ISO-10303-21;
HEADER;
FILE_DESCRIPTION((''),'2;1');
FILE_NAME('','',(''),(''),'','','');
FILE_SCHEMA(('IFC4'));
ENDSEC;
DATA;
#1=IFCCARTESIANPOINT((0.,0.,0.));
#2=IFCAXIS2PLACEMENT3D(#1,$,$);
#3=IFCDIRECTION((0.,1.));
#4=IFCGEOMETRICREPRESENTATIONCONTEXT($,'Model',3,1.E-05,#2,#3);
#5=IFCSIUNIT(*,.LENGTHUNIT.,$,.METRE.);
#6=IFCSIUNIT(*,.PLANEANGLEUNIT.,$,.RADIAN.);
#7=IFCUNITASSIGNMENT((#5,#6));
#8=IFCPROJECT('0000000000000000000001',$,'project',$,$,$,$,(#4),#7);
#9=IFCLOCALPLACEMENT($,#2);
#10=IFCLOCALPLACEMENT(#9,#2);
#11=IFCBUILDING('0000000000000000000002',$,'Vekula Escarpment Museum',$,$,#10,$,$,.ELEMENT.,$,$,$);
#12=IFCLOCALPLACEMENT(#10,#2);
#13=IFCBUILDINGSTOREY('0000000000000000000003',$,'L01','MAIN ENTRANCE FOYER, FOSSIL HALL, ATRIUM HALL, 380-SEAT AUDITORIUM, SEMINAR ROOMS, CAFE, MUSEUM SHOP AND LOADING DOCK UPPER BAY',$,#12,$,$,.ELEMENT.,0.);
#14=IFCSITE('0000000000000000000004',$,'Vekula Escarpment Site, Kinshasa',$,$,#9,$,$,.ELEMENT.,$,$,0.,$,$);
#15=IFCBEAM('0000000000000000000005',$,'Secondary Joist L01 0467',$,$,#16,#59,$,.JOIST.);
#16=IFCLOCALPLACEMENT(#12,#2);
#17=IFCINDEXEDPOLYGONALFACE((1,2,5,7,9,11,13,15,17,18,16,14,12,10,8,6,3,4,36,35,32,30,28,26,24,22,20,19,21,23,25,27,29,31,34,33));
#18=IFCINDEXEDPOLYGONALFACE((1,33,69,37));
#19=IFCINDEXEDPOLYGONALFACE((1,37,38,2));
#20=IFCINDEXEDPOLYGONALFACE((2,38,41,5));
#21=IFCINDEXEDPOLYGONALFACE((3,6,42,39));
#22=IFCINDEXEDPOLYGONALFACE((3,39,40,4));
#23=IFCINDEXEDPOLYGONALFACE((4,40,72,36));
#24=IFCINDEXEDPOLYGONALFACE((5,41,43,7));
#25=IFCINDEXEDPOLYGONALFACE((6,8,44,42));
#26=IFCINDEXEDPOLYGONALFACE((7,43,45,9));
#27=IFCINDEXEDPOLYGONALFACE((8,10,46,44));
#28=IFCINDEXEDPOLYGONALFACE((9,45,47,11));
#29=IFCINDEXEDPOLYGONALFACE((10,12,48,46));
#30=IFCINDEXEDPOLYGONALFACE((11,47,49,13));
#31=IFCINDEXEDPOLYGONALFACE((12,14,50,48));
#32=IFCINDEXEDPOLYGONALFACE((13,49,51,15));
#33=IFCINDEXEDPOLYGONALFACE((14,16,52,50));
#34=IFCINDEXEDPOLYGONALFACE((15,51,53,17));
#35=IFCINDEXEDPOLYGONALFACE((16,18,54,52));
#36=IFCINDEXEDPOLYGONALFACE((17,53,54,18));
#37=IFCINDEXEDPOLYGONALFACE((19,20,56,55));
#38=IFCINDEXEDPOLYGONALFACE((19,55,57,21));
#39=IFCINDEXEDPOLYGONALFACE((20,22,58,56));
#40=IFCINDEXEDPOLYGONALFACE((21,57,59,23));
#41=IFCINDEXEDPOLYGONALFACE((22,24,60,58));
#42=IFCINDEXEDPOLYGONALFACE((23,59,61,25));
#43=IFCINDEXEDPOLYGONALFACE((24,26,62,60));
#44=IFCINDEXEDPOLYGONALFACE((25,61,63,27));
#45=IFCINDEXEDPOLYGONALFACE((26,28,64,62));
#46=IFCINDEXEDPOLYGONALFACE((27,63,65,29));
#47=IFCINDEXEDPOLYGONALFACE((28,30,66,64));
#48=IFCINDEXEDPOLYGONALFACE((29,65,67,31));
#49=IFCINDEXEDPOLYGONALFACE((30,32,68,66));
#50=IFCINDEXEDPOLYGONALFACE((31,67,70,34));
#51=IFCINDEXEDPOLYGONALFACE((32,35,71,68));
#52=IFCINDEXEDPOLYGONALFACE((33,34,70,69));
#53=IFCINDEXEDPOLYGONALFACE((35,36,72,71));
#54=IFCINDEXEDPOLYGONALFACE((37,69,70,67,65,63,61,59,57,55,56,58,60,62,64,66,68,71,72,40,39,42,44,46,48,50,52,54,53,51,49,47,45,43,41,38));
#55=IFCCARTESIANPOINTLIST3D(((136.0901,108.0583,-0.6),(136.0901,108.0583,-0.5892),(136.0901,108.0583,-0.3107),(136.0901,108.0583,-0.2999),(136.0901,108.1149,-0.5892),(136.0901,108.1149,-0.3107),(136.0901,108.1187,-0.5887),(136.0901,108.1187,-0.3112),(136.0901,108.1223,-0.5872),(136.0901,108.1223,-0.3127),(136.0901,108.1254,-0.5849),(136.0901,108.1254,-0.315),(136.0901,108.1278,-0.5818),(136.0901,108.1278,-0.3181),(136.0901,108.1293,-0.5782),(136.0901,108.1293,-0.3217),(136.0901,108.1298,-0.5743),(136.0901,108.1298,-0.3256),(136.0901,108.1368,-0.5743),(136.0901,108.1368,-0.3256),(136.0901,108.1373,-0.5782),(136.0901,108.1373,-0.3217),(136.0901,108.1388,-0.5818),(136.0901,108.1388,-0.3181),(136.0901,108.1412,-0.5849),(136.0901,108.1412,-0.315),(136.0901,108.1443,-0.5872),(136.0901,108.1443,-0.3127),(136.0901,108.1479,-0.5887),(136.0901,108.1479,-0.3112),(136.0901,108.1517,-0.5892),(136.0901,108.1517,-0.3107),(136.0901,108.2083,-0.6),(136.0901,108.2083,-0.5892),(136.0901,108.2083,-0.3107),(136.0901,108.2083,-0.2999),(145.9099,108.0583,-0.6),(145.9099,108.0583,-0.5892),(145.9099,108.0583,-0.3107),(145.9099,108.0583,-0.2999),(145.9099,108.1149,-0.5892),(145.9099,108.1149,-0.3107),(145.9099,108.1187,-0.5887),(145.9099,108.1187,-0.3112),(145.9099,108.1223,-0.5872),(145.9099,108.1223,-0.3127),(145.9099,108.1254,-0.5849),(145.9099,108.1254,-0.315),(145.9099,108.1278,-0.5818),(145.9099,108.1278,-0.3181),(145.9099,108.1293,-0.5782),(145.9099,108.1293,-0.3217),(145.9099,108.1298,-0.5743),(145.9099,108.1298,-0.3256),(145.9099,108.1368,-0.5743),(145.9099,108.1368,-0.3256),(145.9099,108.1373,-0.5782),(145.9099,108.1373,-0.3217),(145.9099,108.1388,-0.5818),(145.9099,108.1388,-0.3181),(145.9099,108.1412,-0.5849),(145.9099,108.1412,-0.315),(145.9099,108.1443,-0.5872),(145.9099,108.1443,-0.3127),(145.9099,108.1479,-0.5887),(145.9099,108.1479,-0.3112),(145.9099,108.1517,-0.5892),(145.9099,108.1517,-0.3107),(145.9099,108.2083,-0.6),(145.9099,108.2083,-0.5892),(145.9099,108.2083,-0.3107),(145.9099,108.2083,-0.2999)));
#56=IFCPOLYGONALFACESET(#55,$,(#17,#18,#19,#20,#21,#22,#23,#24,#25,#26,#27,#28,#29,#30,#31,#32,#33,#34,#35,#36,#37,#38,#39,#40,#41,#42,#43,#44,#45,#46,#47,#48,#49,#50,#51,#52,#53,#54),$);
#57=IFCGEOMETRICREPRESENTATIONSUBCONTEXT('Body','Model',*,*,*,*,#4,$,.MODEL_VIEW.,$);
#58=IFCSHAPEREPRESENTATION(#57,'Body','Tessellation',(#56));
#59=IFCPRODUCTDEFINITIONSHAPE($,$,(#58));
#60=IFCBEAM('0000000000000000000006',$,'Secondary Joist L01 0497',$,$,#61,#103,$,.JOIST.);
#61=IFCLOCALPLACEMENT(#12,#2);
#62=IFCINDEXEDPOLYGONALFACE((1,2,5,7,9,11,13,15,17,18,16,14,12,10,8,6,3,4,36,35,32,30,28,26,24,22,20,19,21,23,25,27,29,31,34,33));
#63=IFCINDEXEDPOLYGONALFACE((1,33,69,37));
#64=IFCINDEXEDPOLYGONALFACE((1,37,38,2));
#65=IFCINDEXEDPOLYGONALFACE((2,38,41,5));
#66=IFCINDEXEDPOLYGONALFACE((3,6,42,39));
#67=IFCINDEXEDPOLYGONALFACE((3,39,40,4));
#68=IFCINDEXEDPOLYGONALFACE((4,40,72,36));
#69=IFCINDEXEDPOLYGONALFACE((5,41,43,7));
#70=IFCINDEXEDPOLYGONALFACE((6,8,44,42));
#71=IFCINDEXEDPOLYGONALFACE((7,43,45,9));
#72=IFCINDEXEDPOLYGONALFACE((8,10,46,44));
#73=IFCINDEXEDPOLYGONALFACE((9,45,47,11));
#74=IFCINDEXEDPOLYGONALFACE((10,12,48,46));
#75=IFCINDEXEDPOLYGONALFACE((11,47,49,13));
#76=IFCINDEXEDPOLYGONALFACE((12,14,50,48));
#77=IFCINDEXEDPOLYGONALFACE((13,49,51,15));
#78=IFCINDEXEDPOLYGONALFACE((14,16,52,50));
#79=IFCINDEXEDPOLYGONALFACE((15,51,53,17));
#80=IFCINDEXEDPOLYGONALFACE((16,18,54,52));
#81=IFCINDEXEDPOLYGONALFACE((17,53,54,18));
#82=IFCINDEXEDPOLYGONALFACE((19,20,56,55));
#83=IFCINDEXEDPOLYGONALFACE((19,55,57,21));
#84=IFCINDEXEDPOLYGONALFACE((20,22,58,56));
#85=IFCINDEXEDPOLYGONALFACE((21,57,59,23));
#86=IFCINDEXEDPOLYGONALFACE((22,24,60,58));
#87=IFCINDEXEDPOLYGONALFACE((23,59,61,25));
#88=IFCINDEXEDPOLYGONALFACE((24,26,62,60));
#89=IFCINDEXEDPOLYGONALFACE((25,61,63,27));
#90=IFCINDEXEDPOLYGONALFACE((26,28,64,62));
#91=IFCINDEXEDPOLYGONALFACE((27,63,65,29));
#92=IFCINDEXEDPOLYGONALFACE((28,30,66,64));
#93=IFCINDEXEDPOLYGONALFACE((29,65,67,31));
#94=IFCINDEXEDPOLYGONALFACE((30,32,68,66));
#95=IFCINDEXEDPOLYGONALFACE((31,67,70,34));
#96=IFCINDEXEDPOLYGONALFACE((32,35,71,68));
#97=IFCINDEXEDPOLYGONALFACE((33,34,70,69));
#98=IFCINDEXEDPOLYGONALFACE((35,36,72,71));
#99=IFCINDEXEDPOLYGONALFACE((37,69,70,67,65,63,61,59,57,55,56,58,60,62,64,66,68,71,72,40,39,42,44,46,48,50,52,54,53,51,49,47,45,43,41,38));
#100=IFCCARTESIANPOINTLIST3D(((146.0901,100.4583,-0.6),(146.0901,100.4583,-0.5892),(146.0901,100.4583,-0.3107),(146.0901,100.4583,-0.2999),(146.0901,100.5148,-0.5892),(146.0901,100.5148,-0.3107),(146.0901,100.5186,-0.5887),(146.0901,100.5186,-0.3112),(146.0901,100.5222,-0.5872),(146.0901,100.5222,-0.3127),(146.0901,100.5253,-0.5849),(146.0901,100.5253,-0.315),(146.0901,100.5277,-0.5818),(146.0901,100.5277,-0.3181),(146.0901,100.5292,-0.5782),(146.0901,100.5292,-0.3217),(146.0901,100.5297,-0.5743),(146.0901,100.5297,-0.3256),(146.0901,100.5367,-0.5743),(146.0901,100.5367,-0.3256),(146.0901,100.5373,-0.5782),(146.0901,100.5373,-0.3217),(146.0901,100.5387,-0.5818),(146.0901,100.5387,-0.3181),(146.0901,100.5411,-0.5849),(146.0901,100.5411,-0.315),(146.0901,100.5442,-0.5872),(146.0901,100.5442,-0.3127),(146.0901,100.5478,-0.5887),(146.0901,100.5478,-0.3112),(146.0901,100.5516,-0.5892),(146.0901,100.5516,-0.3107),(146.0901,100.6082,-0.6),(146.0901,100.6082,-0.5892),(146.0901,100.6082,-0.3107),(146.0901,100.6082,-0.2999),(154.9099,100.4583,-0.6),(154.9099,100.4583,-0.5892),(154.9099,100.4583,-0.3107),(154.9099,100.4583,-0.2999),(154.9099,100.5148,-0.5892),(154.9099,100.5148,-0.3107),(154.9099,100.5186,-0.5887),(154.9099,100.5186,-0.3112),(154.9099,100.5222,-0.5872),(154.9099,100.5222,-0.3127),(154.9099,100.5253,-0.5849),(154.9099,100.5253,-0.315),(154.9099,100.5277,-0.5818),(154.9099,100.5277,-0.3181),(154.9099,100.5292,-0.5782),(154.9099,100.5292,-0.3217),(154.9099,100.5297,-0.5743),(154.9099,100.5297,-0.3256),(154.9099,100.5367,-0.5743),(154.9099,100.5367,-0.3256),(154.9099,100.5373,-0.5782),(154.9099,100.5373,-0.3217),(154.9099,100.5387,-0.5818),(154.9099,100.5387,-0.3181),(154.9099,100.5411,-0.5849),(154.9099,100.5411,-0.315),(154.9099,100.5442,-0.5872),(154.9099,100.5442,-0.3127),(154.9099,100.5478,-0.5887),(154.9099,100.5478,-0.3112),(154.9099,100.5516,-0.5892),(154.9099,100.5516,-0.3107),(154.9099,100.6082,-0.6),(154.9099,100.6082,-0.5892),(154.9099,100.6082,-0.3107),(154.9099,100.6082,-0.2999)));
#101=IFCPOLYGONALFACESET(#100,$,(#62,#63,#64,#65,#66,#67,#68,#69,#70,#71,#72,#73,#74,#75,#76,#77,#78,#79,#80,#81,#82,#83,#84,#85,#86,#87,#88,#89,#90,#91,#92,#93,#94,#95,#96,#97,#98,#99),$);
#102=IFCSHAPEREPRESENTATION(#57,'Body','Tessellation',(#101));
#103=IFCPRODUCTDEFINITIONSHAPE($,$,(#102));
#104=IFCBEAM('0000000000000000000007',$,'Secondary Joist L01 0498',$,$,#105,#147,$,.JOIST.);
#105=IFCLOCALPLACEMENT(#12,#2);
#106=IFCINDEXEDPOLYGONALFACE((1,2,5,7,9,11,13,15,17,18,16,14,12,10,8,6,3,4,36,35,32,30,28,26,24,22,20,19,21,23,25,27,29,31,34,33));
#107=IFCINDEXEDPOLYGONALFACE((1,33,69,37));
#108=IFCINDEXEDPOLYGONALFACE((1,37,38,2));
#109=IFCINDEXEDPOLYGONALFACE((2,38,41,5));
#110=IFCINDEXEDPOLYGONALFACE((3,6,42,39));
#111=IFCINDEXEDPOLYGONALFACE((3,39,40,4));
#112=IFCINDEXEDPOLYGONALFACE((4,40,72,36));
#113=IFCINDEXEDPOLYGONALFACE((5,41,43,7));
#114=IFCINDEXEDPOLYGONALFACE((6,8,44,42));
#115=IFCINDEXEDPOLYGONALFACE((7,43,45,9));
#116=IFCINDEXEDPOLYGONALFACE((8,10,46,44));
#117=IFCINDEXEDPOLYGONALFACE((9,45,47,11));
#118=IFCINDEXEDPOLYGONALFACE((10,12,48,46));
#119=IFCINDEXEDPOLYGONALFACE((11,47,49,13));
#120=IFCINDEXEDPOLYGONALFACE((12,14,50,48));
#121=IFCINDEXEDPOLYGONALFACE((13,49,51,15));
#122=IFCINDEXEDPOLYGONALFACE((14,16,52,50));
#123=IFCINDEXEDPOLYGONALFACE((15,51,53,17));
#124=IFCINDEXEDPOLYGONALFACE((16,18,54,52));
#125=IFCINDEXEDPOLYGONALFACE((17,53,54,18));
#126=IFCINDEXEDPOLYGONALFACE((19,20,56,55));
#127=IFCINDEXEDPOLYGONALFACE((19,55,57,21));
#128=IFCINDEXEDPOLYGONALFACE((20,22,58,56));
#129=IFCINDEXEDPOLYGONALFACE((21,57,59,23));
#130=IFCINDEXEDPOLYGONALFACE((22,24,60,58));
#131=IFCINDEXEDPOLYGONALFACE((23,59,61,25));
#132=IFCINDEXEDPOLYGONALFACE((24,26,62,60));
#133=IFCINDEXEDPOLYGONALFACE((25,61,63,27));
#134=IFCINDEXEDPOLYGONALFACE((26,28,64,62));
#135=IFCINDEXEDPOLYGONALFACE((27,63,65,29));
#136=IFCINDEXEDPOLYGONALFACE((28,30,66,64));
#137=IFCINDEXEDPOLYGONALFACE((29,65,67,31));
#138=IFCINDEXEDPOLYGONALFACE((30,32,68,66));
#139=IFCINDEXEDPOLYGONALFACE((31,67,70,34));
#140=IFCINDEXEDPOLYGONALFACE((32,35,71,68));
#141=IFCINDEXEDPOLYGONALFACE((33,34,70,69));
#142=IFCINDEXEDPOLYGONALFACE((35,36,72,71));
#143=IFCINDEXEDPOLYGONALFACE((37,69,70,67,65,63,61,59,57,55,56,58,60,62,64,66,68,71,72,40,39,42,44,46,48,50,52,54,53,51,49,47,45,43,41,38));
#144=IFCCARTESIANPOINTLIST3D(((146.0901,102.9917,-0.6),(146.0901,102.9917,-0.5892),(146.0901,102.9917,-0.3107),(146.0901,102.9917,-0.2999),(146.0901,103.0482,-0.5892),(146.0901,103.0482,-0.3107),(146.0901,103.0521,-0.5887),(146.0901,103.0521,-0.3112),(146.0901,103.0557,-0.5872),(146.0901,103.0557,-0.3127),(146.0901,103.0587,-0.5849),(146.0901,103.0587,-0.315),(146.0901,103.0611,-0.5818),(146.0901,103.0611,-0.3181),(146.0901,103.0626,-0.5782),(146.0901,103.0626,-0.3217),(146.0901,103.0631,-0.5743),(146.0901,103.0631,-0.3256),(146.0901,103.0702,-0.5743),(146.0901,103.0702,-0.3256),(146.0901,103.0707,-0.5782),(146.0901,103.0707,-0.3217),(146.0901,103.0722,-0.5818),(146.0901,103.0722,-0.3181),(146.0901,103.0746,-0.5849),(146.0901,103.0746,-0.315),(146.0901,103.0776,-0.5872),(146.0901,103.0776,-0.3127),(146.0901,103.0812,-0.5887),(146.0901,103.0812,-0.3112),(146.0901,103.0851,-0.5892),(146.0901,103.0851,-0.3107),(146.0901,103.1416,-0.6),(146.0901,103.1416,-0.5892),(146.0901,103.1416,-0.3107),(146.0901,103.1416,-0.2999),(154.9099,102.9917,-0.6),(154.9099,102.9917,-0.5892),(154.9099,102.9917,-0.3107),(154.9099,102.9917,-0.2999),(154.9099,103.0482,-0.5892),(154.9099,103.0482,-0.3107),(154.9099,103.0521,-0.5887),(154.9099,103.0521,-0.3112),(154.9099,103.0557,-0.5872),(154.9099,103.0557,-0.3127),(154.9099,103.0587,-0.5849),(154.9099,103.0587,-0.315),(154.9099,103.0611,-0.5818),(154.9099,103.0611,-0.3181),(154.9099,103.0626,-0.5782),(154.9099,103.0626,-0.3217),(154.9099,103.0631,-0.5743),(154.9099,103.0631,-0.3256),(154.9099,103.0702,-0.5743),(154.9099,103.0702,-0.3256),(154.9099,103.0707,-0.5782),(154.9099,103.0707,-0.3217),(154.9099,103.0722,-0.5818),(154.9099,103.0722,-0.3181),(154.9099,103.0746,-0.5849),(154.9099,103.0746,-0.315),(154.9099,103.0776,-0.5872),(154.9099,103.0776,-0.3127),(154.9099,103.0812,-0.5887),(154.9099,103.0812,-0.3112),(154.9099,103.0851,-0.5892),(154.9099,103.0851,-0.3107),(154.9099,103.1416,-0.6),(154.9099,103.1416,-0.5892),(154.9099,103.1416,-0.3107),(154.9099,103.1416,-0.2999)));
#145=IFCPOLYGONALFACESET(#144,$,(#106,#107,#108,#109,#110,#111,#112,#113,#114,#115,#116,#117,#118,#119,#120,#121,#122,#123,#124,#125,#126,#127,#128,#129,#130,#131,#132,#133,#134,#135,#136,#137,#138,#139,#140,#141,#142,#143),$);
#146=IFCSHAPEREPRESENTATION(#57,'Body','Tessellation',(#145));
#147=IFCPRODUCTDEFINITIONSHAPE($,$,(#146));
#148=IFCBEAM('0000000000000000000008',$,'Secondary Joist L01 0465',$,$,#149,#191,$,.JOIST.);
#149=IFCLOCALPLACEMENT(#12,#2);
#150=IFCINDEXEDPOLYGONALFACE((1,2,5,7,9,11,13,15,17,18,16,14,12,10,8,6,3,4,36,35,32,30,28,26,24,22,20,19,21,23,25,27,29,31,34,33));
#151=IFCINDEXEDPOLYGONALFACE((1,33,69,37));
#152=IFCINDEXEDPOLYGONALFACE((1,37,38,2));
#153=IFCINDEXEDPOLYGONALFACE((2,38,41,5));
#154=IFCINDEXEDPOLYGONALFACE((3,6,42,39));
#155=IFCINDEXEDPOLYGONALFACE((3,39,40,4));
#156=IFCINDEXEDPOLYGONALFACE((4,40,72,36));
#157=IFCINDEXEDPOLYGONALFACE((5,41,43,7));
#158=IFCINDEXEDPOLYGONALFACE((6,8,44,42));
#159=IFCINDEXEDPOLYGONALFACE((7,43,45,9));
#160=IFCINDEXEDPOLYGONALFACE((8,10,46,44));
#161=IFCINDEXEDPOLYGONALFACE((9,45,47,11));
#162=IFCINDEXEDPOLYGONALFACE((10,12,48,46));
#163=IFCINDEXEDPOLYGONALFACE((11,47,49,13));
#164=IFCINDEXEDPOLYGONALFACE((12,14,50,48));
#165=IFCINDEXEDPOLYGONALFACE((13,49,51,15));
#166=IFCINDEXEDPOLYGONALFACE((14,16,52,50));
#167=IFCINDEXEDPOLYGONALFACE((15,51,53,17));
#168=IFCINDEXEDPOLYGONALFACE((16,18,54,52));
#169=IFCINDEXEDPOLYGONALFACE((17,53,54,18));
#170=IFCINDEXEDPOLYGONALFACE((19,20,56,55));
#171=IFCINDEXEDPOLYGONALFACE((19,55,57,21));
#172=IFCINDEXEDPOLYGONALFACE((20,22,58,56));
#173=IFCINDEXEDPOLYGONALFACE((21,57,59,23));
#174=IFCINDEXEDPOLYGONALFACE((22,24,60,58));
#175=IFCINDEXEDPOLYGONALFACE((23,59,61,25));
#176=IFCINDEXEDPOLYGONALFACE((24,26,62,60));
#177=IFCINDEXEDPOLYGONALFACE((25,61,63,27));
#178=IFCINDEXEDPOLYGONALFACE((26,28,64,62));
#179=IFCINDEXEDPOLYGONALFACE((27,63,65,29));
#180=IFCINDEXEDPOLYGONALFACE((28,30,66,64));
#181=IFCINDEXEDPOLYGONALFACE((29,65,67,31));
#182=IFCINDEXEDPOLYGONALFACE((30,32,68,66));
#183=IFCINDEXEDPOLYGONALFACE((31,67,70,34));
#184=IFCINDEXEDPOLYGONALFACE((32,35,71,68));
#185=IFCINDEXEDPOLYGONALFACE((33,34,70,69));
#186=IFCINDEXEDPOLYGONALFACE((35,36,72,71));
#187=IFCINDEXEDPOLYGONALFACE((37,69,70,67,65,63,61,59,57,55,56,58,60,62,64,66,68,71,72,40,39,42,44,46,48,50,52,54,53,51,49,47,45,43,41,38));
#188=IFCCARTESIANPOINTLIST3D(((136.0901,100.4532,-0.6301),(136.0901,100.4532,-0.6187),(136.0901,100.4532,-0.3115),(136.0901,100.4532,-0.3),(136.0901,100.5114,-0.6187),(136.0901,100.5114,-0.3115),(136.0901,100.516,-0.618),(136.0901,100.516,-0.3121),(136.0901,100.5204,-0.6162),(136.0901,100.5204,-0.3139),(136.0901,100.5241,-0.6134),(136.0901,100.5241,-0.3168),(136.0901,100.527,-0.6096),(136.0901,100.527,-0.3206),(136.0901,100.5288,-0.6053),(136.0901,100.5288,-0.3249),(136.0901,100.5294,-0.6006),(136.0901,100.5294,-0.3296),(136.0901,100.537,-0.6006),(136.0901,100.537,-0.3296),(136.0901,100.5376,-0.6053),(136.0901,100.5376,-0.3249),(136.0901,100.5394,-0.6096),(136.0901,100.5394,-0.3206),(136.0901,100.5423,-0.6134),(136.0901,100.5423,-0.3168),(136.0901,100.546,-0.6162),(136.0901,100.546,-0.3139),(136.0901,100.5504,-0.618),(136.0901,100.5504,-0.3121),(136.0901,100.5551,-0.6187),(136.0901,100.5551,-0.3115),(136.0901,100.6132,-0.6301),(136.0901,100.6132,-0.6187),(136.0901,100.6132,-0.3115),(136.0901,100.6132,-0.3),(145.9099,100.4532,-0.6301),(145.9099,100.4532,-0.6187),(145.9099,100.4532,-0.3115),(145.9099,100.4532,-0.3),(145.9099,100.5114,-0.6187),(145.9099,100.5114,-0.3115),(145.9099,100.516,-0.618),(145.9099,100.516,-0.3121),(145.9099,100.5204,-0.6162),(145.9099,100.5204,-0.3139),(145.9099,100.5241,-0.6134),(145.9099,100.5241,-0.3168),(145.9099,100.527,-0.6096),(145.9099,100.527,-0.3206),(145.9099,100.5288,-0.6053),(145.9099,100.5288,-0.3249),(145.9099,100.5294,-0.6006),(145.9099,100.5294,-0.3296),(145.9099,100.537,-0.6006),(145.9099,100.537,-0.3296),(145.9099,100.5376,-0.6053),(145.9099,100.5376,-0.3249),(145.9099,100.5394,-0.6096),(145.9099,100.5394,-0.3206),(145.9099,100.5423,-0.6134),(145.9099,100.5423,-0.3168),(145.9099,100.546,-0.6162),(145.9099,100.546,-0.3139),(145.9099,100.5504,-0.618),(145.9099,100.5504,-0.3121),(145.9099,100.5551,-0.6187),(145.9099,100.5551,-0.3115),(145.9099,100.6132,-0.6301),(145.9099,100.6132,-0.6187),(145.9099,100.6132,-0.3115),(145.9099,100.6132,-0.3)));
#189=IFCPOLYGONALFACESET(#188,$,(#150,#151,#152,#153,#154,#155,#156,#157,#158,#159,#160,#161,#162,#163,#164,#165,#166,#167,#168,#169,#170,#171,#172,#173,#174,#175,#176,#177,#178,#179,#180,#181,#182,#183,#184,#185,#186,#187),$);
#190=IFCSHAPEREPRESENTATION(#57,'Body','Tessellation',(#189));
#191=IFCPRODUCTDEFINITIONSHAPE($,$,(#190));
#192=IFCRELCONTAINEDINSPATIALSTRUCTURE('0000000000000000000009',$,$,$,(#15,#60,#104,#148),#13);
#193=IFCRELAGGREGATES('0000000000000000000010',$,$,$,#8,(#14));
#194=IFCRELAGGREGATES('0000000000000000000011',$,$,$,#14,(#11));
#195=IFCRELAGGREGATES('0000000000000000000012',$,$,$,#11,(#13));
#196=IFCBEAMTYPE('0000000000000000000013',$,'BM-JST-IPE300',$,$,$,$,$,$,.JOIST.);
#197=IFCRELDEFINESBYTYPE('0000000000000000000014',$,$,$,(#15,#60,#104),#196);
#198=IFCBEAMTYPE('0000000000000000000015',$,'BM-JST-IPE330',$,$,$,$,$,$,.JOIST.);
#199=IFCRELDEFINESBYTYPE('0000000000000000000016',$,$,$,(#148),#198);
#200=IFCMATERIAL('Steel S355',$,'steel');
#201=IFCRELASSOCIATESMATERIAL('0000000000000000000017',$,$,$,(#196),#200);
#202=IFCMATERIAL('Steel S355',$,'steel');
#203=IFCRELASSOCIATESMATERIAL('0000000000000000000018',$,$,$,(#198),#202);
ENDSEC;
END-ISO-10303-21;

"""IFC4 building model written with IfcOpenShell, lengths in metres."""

from ifc_helpers import new_model, si_unit, direction, frame, origin, origin_2d, place, context, subcontext, project, spatial, i_section, extrude, material, material_profile, profile_set, type_object, element, save


model = new_model("IFC4")

# Units and contexts
model_context = context("Model", 3, precision=1e-05, world=origin(), true_north=direction((0.0, 1.0)))
body_context = subcontext(model_context, "Body", "Model", "MODEL_VIEW")
ifc_project = project(units=[si_unit("LENGTHUNIT", "METRE"), si_unit("PLANEANGLEUNIT", "RADIAN")], contexts=[model_context])

# Site, building, storey
site_placement = place(None, origin())
site = spatial("IfcSite", under=ifc_project, at=site_placement, Name="Vekula Escarpment Site, Kinshasa", CompositionType="ELEMENT", RefElevation=0.0)
building_placement = place(site_placement, origin())
building = spatial("IfcBuilding", under=site, at=building_placement, Name="Vekula Escarpment Museum", CompositionType="ELEMENT")
storey_placement = place(building_placement, origin())
storey = spatial("IfcBuildingStorey", under=building, at=storey_placement, Name="L01", Description="MAIN ENTRANCE FOYER, FOSSIL HALL, ATRIUM HALL, 380-SEAT AUDITORIUM, SEMINAR ROOMS, CAFE, MUSEUM SHOP AND LOADING DOCK UPPER BAY", CompositionType="ELEMENT", Elevation=0.0)

# Beams
ifc_material_1 = material(Name="Steel S355", Category="steel")
ifc_material_profile_1 = material_profile(ifc_material_1, i_section(OverallWidth=0.1499, OverallDepth=0.3, WebThickness=0.0071, FlangeThickness=0.0107, FilletRadius=0.0149, at=origin_2d()), Name="IPE 300")
ifc_profile_set_1 = profile_set([ifc_material_profile_1], Name="Steel S355")
beam_type_1 = type_object("IfcBeamType", Name="BM-JST-IPE300", PredefinedType="JOIST", material=ifc_profile_set_1)
beam_1_placement = place(storey_placement, frame((136.0901, 108.1333, -0.45), z_axis=(1.0, 0.0, 0.0), x_axis=(0.0, 1.0, 0.0)))
element("IfcBeam", 1, at=beam_1_placement, inside=storey, type_object=beam_type_1, Name="Secondary Joist L01 0467", PredefinedType="JOIST", context=body_context, shape_type="SweptSolid", body=[
    extrude(i_section(OverallWidth=0.1499, OverallDepth=0.3, WebThickness=0.0071, FlangeThickness=0.0107, FilletRadius=0.0149, at=origin_2d()), origin(), (0.0, 0.0, 1.0), 9.8198),
])
for number, where, z_axis, x_axis, name in (
    (2, (146.0901, 100.5332, -0.45), (1.0, 0.0, 0.0), (0.0, 1.0, 0.0), "Secondary Joist L01 0497"),
    (3, (146.0901, 103.0667, -0.45), (1.0, 0.0, 0.0), (0.0, 1.0, 0.0), "Secondary Joist L01 0498"),
):
    element("IfcBeam", number, at=place(storey_placement, frame(where, z_axis=z_axis, x_axis=x_axis)), inside=storey, type_object=beam_type_1, Name=name, PredefinedType="JOIST", context=body_context, shape_type="SweptSolid", body=[
        extrude(i_section(OverallWidth=0.1499, OverallDepth=0.3, WebThickness=0.0071, FlangeThickness=0.0107, FilletRadius=0.0149, at=origin_2d()), origin(), (0.0, 0.0, 1.0), 8.8198),
    ])
ifc_material_2 = material(Name="Steel S355", Category="steel")
ifc_material_profile_2 = material_profile(ifc_material_2, i_section(OverallWidth=0.1599, OverallDepth=0.3301, WebThickness=0.0076, FlangeThickness=0.0115, FilletRadius=0.0181, at=origin_2d()), Name="IPE 330")
ifc_profile_set_2 = profile_set([ifc_material_profile_2], Name="Steel S355")
beam_type_2 = type_object("IfcBeamType", Name="BM-JST-IPE330", PredefinedType="JOIST", material=ifc_profile_set_2)
for number, where, z_axis, x_axis, name in (
    (4, (136.0901, 100.5332, -0.4651), (1.0, 0.0, 0.0), (0.0, 1.0, 0.0), "Secondary Joist L01 0465"),
):
    element("IfcBeam", number, at=place(storey_placement, frame(where, z_axis=z_axis, x_axis=x_axis)), inside=storey, type_object=beam_type_2, Name=name, PredefinedType="JOIST", context=body_context, shape_type="SweptSolid", body=[
        extrude(i_section(OverallWidth=0.1599, OverallDepth=0.3301, WebThickness=0.0076, FlangeThickness=0.0115, FilletRadius=0.0181, at=origin_2d()), origin(), (0.0, 0.0, 1.0), 9.8198),
    ])

save(model, "model.ifc")
